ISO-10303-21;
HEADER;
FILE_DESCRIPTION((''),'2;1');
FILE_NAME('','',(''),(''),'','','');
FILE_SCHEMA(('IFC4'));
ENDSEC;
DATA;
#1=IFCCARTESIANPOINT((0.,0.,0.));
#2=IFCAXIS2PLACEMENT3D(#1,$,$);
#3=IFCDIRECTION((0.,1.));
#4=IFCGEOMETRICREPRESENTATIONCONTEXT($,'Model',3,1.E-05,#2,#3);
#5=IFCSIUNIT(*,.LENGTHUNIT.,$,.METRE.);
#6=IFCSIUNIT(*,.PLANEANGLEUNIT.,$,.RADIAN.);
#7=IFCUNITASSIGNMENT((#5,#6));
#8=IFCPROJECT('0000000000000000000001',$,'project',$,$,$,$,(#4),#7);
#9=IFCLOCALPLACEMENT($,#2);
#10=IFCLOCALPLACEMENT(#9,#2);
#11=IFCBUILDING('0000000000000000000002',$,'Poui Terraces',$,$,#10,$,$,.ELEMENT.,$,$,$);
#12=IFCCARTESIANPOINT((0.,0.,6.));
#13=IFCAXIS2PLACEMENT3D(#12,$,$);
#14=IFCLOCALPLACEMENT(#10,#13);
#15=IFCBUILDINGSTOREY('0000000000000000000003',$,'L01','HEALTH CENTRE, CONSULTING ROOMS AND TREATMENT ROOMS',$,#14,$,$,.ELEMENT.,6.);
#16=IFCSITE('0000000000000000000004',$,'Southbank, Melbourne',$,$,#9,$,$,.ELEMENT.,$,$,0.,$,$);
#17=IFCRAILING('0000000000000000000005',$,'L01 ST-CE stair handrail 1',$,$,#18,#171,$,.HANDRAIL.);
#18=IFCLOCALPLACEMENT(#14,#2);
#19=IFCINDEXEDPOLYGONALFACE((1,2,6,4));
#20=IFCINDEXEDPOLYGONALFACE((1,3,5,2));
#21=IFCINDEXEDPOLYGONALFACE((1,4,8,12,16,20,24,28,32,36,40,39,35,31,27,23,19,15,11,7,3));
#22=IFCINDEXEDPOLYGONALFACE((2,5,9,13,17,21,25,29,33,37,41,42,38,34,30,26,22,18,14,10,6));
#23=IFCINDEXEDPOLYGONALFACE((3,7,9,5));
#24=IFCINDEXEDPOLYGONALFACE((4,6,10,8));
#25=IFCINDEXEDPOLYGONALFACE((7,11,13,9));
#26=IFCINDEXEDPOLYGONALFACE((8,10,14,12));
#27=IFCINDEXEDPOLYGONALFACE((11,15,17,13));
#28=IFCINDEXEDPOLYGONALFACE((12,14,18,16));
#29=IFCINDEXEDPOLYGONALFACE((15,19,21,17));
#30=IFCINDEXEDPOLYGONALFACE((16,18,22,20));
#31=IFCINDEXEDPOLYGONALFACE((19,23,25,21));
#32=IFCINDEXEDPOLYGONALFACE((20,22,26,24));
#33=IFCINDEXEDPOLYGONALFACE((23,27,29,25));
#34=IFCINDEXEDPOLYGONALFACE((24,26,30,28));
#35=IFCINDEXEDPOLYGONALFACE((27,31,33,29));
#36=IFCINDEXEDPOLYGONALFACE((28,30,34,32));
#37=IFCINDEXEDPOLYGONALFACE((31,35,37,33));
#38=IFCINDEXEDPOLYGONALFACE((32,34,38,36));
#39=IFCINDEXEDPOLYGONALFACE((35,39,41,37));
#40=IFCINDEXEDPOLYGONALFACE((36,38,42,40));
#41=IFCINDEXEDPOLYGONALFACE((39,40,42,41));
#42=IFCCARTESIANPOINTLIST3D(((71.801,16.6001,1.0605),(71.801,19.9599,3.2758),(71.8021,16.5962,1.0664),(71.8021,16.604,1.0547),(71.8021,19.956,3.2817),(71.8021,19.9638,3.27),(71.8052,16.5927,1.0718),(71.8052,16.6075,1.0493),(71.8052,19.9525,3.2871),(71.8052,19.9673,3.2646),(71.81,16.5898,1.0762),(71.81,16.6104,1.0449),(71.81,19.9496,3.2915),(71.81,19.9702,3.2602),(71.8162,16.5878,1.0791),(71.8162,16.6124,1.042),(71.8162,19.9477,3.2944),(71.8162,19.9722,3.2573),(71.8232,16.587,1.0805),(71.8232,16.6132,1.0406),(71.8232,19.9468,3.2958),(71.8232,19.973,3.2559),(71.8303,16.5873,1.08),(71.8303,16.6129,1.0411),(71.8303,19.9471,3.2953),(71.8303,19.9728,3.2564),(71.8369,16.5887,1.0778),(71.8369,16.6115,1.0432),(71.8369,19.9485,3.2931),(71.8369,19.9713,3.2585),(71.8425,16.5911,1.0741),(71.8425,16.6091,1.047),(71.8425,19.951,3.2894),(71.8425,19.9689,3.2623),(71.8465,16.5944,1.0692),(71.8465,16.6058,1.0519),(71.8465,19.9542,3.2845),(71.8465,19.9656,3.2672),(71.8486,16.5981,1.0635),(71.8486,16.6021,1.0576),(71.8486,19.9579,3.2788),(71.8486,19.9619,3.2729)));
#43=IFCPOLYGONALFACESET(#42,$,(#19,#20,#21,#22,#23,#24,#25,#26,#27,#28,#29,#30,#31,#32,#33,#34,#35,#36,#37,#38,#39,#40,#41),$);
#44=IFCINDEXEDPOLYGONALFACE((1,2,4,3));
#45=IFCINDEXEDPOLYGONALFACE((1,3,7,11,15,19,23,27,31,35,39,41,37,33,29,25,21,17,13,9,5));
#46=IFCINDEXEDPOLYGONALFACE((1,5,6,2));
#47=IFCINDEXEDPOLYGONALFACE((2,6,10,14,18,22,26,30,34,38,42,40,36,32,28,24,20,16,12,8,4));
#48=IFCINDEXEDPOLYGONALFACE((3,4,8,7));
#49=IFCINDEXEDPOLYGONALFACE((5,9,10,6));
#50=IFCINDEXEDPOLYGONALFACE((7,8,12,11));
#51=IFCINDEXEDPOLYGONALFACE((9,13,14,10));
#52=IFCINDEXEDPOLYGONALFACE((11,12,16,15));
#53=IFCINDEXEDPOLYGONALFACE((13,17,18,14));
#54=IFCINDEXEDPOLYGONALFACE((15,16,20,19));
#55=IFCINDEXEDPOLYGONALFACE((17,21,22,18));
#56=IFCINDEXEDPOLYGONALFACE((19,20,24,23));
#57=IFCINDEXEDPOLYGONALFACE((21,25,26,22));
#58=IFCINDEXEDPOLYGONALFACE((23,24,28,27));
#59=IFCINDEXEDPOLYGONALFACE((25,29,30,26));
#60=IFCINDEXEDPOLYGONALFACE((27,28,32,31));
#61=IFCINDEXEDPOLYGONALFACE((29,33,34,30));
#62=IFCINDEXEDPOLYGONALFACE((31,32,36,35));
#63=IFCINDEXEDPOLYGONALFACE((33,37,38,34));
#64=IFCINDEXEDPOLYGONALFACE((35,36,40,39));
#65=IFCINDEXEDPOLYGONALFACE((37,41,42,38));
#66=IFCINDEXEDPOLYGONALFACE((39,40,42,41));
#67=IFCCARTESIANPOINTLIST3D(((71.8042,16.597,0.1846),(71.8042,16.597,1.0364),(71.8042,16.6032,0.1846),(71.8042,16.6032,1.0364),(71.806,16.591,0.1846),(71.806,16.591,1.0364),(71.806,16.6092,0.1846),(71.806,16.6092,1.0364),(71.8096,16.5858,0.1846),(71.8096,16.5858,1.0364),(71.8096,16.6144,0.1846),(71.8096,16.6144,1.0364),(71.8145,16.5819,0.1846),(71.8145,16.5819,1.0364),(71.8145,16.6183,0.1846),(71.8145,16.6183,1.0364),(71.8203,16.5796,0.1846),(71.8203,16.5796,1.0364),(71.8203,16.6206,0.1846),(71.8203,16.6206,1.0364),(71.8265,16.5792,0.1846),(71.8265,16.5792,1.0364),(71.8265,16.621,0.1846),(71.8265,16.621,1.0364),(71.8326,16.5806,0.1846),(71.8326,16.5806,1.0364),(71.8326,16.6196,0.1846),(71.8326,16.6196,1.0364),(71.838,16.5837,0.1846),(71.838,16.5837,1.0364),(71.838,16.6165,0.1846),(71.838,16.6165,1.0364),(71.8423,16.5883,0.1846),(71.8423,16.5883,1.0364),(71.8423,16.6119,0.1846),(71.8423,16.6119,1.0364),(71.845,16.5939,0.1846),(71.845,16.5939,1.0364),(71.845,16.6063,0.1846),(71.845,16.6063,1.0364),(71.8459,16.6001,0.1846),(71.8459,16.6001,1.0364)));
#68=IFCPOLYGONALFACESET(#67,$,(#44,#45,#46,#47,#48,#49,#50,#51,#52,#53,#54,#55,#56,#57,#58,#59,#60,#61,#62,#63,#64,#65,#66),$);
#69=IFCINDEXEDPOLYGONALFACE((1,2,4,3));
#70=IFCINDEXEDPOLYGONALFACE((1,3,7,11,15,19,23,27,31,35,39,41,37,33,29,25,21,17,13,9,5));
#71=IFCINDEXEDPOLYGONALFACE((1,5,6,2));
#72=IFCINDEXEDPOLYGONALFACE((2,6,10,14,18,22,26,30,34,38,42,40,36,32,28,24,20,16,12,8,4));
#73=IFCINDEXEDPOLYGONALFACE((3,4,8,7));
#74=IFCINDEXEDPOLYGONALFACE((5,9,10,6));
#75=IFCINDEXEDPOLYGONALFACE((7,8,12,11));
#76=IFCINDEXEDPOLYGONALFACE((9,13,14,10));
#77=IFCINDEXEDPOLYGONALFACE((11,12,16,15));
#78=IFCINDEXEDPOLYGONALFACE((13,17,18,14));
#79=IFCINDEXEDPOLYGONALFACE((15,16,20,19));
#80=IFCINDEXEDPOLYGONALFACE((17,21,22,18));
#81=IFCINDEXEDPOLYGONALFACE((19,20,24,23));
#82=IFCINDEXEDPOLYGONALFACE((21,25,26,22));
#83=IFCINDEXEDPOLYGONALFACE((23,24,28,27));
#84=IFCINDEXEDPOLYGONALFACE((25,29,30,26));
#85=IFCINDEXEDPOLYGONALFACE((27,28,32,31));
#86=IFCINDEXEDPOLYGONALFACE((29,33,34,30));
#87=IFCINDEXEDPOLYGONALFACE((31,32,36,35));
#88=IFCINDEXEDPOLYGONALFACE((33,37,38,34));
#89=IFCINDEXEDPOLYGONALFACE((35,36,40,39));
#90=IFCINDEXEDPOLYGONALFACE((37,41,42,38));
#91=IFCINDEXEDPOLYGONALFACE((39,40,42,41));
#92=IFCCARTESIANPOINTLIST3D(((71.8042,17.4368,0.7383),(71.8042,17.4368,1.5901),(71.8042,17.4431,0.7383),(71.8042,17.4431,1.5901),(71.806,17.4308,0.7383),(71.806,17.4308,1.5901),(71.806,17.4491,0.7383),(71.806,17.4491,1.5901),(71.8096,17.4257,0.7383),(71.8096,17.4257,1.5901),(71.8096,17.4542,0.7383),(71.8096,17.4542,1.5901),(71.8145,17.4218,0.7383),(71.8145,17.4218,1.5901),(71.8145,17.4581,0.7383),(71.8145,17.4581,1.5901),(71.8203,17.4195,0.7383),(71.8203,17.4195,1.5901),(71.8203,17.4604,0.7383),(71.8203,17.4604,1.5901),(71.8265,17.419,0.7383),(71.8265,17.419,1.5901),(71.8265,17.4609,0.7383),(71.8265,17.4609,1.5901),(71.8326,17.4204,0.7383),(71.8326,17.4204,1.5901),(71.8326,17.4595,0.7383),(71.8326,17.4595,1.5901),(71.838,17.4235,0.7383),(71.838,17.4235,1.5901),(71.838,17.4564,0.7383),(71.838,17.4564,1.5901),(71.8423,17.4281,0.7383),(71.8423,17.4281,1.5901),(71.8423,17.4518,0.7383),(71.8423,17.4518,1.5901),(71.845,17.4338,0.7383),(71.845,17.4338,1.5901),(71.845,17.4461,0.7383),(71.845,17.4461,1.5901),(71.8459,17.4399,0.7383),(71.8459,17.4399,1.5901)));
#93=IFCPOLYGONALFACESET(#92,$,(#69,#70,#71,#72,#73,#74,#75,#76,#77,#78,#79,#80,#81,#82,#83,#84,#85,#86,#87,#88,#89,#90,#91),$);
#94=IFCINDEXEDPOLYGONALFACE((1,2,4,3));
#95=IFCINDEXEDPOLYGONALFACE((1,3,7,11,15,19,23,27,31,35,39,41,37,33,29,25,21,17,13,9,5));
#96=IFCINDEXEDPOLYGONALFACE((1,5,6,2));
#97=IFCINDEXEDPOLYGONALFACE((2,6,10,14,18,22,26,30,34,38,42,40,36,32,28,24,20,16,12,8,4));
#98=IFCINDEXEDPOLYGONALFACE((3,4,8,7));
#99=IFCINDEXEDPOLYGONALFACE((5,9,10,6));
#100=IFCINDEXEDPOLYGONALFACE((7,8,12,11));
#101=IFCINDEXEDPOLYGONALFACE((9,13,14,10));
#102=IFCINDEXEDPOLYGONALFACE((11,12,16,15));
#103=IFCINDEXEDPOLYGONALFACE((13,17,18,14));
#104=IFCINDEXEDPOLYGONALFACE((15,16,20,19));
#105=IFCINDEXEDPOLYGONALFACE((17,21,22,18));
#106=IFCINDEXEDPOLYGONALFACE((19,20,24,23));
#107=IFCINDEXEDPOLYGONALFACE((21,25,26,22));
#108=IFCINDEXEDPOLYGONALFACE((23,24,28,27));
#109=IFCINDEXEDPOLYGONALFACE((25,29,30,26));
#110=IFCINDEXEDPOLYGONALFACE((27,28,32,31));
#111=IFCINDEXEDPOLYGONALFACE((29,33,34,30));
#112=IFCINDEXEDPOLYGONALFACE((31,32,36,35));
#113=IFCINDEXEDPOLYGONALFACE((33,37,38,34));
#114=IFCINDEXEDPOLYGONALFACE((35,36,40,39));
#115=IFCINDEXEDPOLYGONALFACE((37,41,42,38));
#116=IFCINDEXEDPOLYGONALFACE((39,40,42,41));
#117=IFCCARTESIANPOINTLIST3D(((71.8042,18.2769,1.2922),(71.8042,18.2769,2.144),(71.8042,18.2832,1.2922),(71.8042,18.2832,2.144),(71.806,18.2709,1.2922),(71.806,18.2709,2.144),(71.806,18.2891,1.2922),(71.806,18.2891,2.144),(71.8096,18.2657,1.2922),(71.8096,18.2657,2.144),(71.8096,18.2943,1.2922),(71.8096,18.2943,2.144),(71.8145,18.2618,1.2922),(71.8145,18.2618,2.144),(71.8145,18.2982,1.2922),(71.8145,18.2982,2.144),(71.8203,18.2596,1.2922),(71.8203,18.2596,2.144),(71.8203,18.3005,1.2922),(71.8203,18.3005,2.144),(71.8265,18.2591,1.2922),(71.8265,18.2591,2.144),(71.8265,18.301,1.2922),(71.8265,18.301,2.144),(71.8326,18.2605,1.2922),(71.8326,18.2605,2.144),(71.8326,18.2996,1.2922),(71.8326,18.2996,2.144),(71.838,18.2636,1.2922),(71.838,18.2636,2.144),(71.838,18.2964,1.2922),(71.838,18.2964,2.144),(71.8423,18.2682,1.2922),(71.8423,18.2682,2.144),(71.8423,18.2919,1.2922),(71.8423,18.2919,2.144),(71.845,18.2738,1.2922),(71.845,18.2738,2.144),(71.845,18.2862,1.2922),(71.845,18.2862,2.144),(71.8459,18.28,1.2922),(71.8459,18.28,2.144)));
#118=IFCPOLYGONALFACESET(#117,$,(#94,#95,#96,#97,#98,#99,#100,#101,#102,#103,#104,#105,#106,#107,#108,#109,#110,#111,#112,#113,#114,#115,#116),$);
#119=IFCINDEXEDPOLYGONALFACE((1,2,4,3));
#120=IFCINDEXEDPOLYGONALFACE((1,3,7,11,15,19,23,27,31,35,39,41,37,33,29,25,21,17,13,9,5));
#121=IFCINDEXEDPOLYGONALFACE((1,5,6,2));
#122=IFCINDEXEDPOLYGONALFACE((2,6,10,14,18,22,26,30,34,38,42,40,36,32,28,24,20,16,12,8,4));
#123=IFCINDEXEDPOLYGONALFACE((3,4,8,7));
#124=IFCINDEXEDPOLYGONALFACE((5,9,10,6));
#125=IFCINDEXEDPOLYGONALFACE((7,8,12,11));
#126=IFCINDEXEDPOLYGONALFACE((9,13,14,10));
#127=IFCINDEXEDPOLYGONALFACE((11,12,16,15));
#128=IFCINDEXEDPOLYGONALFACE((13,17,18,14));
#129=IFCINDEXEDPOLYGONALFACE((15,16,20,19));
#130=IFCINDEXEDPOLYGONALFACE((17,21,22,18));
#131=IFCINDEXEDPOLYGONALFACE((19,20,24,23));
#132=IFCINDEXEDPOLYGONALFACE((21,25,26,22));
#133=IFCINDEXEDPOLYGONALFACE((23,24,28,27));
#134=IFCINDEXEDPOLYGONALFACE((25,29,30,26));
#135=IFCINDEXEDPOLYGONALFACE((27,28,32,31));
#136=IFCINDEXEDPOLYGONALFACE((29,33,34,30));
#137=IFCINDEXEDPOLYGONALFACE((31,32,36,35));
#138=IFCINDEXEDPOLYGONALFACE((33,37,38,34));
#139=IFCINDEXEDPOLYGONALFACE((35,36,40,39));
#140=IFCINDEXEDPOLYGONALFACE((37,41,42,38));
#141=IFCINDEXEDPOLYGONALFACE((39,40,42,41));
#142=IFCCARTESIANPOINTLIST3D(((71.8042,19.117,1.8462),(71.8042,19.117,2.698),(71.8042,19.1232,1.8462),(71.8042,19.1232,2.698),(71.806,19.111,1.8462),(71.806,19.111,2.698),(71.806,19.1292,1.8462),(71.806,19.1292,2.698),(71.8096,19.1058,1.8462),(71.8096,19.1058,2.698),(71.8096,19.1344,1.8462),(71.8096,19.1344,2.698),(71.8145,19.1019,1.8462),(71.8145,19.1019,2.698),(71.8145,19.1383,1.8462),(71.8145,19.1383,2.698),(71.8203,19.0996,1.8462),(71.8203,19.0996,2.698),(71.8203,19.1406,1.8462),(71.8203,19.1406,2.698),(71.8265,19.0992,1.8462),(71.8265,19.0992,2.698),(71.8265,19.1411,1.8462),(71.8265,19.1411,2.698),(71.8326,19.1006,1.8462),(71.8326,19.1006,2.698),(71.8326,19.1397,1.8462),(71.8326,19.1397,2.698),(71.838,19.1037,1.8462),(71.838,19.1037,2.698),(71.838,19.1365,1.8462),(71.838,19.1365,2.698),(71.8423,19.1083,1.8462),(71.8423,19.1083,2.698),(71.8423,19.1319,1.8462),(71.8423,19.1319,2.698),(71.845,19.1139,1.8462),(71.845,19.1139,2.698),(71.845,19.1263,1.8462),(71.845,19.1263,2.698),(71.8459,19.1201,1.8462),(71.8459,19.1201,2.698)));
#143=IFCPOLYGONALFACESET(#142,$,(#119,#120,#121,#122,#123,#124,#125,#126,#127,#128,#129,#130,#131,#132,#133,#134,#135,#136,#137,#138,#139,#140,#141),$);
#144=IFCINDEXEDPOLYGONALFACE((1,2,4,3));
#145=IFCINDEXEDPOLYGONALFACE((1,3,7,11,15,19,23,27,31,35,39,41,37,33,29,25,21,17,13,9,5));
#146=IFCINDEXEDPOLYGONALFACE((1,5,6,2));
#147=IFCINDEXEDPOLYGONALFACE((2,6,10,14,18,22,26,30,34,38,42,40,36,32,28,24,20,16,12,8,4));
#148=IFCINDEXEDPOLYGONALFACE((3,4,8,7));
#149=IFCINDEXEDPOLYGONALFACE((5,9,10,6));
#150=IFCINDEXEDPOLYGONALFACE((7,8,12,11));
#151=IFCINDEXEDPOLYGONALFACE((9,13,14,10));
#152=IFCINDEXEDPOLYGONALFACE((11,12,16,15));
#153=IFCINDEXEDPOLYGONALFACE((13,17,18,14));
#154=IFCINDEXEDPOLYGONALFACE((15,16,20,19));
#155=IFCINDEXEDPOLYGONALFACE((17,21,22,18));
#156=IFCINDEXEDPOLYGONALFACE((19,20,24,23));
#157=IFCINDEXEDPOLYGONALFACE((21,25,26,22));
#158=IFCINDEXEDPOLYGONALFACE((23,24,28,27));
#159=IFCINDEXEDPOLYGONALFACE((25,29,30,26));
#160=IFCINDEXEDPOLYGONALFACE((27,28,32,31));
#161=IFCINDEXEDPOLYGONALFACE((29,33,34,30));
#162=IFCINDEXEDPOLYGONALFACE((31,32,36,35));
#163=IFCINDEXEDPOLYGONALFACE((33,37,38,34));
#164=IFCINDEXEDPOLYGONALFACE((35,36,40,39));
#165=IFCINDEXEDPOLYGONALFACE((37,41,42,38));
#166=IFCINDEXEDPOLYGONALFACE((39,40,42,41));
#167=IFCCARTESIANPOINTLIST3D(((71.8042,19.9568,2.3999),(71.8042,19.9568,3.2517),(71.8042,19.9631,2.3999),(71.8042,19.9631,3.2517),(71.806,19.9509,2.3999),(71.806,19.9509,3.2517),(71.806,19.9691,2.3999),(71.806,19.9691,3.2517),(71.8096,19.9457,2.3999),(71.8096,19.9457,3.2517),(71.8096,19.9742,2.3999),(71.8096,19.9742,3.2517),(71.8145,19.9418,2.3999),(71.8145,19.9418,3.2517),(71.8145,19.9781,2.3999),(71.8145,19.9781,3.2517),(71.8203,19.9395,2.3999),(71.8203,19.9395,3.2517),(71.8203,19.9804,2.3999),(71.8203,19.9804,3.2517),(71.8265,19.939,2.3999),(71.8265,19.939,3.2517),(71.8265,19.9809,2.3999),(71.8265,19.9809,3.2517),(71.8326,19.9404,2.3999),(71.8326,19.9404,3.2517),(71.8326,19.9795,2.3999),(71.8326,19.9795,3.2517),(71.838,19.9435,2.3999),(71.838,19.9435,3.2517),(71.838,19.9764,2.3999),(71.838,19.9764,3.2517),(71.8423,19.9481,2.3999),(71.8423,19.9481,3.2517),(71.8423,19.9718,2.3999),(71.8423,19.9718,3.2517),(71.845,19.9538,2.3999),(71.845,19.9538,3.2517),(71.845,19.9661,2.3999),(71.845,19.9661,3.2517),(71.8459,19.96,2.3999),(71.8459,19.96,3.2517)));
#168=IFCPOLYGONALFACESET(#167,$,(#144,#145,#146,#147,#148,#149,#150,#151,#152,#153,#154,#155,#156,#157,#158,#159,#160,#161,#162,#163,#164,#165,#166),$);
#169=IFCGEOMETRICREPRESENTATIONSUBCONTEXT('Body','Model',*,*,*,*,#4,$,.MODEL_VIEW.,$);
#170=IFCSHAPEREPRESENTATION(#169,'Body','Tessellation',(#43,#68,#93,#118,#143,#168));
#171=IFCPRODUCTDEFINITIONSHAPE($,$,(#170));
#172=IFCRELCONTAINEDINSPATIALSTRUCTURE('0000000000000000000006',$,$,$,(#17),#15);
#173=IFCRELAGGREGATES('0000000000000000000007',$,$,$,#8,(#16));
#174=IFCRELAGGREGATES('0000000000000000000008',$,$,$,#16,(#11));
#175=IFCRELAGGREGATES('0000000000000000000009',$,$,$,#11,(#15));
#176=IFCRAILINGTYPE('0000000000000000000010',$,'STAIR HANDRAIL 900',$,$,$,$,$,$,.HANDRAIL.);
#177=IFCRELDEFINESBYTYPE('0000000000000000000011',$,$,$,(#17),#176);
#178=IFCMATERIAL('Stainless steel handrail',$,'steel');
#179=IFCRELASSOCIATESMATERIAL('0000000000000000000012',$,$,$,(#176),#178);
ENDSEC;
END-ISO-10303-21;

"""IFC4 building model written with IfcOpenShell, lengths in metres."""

from ifc_helpers import new_model, si_unit, direction, frame, origin, origin_2d, place, context, subcontext, project, spatial, circle, extrude, material, type_object, element, save


model = new_model("IFC4")

# Units and contexts
model_context = context("Model", 3, precision=1e-05, world=origin(), true_north=direction((0.0, 1.0)))
body_context = subcontext(model_context, "Body", "Model", "MODEL_VIEW")
ifc_project = project(units=[si_unit("LENGTHUNIT", "METRE"), si_unit("PLANEANGLEUNIT", "RADIAN")], contexts=[model_context])

# Site, building, storey
site_placement = place(None, origin())
site = spatial("IfcSite", under=ifc_project, at=site_placement, Name="Southbank, Melbourne", CompositionType="ELEMENT", RefElevation=0.0)
building_placement = place(site_placement, origin())
building = spatial("IfcBuilding", under=site, at=building_placement, Name="Poui Terraces", CompositionType="ELEMENT")
storey_placement = place(building_placement, frame((0.0, 0.0, 6.0)))
storey = spatial("IfcBuildingStorey", under=building, at=storey_placement, Name="L01", Description="HEALTH CENTRE, CONSULTING ROOMS AND TREATMENT ROOMS", CompositionType="ELEMENT", Elevation=6.0)

# Railing
ifc_material_1 = material(Name="Stainless steel handrail", Category="steel")
railing_type_1 = type_object("IfcRailingType", Name="STAIR HANDRAIL 900", PredefinedType="HANDRAIL", material=ifc_material_1)
railing_1_placement = place(storey_placement, frame((71.825, 16.6001, 0.1846)))
element("IfcRailing", 1, at=railing_1_placement, inside=storey, type_object=railing_type_1, Name="L01 ST-CE stair handrail 1", PredefinedType="HANDRAIL", context=body_context, shape_type="SweptSolid", body=[
    extrude(circle(Radius=0.0239, at=origin_2d()), frame((0.0, 0.0, 0.876), z_axis=(0.0, 0.834858, 0.550465), x_axis=(-1.0, 0.0, 0.0)), (0.0, 0.0, 1.0), 4.0244),
    extrude(circle(Radius=0.021, at=origin_2d()), origin(), (0.0, 0.0, 1.0), 0.8518),
    extrude(circle(Radius=0.021, at=origin_2d()), frame((0.0, 0.8398, 0.5537)), (0.0, 0.0, 1.0), 0.8518),
    extrude(circle(Radius=0.021, at=origin_2d()), frame((0.0, 1.6799, 1.1077)), (0.0, 0.0, 1.0), 0.8518),
    extrude(circle(Radius=0.021, at=origin_2d()), frame((0.0, 2.52, 1.6616)), (0.0, 0.0, 1.0), 0.8518),
    extrude(circle(Radius=0.021, at=origin_2d()), frame((0.0, 3.3599, 2.2153)), (0.0, 0.0, 1.0), 0.8518),
])

save(model, "model.ifc")
